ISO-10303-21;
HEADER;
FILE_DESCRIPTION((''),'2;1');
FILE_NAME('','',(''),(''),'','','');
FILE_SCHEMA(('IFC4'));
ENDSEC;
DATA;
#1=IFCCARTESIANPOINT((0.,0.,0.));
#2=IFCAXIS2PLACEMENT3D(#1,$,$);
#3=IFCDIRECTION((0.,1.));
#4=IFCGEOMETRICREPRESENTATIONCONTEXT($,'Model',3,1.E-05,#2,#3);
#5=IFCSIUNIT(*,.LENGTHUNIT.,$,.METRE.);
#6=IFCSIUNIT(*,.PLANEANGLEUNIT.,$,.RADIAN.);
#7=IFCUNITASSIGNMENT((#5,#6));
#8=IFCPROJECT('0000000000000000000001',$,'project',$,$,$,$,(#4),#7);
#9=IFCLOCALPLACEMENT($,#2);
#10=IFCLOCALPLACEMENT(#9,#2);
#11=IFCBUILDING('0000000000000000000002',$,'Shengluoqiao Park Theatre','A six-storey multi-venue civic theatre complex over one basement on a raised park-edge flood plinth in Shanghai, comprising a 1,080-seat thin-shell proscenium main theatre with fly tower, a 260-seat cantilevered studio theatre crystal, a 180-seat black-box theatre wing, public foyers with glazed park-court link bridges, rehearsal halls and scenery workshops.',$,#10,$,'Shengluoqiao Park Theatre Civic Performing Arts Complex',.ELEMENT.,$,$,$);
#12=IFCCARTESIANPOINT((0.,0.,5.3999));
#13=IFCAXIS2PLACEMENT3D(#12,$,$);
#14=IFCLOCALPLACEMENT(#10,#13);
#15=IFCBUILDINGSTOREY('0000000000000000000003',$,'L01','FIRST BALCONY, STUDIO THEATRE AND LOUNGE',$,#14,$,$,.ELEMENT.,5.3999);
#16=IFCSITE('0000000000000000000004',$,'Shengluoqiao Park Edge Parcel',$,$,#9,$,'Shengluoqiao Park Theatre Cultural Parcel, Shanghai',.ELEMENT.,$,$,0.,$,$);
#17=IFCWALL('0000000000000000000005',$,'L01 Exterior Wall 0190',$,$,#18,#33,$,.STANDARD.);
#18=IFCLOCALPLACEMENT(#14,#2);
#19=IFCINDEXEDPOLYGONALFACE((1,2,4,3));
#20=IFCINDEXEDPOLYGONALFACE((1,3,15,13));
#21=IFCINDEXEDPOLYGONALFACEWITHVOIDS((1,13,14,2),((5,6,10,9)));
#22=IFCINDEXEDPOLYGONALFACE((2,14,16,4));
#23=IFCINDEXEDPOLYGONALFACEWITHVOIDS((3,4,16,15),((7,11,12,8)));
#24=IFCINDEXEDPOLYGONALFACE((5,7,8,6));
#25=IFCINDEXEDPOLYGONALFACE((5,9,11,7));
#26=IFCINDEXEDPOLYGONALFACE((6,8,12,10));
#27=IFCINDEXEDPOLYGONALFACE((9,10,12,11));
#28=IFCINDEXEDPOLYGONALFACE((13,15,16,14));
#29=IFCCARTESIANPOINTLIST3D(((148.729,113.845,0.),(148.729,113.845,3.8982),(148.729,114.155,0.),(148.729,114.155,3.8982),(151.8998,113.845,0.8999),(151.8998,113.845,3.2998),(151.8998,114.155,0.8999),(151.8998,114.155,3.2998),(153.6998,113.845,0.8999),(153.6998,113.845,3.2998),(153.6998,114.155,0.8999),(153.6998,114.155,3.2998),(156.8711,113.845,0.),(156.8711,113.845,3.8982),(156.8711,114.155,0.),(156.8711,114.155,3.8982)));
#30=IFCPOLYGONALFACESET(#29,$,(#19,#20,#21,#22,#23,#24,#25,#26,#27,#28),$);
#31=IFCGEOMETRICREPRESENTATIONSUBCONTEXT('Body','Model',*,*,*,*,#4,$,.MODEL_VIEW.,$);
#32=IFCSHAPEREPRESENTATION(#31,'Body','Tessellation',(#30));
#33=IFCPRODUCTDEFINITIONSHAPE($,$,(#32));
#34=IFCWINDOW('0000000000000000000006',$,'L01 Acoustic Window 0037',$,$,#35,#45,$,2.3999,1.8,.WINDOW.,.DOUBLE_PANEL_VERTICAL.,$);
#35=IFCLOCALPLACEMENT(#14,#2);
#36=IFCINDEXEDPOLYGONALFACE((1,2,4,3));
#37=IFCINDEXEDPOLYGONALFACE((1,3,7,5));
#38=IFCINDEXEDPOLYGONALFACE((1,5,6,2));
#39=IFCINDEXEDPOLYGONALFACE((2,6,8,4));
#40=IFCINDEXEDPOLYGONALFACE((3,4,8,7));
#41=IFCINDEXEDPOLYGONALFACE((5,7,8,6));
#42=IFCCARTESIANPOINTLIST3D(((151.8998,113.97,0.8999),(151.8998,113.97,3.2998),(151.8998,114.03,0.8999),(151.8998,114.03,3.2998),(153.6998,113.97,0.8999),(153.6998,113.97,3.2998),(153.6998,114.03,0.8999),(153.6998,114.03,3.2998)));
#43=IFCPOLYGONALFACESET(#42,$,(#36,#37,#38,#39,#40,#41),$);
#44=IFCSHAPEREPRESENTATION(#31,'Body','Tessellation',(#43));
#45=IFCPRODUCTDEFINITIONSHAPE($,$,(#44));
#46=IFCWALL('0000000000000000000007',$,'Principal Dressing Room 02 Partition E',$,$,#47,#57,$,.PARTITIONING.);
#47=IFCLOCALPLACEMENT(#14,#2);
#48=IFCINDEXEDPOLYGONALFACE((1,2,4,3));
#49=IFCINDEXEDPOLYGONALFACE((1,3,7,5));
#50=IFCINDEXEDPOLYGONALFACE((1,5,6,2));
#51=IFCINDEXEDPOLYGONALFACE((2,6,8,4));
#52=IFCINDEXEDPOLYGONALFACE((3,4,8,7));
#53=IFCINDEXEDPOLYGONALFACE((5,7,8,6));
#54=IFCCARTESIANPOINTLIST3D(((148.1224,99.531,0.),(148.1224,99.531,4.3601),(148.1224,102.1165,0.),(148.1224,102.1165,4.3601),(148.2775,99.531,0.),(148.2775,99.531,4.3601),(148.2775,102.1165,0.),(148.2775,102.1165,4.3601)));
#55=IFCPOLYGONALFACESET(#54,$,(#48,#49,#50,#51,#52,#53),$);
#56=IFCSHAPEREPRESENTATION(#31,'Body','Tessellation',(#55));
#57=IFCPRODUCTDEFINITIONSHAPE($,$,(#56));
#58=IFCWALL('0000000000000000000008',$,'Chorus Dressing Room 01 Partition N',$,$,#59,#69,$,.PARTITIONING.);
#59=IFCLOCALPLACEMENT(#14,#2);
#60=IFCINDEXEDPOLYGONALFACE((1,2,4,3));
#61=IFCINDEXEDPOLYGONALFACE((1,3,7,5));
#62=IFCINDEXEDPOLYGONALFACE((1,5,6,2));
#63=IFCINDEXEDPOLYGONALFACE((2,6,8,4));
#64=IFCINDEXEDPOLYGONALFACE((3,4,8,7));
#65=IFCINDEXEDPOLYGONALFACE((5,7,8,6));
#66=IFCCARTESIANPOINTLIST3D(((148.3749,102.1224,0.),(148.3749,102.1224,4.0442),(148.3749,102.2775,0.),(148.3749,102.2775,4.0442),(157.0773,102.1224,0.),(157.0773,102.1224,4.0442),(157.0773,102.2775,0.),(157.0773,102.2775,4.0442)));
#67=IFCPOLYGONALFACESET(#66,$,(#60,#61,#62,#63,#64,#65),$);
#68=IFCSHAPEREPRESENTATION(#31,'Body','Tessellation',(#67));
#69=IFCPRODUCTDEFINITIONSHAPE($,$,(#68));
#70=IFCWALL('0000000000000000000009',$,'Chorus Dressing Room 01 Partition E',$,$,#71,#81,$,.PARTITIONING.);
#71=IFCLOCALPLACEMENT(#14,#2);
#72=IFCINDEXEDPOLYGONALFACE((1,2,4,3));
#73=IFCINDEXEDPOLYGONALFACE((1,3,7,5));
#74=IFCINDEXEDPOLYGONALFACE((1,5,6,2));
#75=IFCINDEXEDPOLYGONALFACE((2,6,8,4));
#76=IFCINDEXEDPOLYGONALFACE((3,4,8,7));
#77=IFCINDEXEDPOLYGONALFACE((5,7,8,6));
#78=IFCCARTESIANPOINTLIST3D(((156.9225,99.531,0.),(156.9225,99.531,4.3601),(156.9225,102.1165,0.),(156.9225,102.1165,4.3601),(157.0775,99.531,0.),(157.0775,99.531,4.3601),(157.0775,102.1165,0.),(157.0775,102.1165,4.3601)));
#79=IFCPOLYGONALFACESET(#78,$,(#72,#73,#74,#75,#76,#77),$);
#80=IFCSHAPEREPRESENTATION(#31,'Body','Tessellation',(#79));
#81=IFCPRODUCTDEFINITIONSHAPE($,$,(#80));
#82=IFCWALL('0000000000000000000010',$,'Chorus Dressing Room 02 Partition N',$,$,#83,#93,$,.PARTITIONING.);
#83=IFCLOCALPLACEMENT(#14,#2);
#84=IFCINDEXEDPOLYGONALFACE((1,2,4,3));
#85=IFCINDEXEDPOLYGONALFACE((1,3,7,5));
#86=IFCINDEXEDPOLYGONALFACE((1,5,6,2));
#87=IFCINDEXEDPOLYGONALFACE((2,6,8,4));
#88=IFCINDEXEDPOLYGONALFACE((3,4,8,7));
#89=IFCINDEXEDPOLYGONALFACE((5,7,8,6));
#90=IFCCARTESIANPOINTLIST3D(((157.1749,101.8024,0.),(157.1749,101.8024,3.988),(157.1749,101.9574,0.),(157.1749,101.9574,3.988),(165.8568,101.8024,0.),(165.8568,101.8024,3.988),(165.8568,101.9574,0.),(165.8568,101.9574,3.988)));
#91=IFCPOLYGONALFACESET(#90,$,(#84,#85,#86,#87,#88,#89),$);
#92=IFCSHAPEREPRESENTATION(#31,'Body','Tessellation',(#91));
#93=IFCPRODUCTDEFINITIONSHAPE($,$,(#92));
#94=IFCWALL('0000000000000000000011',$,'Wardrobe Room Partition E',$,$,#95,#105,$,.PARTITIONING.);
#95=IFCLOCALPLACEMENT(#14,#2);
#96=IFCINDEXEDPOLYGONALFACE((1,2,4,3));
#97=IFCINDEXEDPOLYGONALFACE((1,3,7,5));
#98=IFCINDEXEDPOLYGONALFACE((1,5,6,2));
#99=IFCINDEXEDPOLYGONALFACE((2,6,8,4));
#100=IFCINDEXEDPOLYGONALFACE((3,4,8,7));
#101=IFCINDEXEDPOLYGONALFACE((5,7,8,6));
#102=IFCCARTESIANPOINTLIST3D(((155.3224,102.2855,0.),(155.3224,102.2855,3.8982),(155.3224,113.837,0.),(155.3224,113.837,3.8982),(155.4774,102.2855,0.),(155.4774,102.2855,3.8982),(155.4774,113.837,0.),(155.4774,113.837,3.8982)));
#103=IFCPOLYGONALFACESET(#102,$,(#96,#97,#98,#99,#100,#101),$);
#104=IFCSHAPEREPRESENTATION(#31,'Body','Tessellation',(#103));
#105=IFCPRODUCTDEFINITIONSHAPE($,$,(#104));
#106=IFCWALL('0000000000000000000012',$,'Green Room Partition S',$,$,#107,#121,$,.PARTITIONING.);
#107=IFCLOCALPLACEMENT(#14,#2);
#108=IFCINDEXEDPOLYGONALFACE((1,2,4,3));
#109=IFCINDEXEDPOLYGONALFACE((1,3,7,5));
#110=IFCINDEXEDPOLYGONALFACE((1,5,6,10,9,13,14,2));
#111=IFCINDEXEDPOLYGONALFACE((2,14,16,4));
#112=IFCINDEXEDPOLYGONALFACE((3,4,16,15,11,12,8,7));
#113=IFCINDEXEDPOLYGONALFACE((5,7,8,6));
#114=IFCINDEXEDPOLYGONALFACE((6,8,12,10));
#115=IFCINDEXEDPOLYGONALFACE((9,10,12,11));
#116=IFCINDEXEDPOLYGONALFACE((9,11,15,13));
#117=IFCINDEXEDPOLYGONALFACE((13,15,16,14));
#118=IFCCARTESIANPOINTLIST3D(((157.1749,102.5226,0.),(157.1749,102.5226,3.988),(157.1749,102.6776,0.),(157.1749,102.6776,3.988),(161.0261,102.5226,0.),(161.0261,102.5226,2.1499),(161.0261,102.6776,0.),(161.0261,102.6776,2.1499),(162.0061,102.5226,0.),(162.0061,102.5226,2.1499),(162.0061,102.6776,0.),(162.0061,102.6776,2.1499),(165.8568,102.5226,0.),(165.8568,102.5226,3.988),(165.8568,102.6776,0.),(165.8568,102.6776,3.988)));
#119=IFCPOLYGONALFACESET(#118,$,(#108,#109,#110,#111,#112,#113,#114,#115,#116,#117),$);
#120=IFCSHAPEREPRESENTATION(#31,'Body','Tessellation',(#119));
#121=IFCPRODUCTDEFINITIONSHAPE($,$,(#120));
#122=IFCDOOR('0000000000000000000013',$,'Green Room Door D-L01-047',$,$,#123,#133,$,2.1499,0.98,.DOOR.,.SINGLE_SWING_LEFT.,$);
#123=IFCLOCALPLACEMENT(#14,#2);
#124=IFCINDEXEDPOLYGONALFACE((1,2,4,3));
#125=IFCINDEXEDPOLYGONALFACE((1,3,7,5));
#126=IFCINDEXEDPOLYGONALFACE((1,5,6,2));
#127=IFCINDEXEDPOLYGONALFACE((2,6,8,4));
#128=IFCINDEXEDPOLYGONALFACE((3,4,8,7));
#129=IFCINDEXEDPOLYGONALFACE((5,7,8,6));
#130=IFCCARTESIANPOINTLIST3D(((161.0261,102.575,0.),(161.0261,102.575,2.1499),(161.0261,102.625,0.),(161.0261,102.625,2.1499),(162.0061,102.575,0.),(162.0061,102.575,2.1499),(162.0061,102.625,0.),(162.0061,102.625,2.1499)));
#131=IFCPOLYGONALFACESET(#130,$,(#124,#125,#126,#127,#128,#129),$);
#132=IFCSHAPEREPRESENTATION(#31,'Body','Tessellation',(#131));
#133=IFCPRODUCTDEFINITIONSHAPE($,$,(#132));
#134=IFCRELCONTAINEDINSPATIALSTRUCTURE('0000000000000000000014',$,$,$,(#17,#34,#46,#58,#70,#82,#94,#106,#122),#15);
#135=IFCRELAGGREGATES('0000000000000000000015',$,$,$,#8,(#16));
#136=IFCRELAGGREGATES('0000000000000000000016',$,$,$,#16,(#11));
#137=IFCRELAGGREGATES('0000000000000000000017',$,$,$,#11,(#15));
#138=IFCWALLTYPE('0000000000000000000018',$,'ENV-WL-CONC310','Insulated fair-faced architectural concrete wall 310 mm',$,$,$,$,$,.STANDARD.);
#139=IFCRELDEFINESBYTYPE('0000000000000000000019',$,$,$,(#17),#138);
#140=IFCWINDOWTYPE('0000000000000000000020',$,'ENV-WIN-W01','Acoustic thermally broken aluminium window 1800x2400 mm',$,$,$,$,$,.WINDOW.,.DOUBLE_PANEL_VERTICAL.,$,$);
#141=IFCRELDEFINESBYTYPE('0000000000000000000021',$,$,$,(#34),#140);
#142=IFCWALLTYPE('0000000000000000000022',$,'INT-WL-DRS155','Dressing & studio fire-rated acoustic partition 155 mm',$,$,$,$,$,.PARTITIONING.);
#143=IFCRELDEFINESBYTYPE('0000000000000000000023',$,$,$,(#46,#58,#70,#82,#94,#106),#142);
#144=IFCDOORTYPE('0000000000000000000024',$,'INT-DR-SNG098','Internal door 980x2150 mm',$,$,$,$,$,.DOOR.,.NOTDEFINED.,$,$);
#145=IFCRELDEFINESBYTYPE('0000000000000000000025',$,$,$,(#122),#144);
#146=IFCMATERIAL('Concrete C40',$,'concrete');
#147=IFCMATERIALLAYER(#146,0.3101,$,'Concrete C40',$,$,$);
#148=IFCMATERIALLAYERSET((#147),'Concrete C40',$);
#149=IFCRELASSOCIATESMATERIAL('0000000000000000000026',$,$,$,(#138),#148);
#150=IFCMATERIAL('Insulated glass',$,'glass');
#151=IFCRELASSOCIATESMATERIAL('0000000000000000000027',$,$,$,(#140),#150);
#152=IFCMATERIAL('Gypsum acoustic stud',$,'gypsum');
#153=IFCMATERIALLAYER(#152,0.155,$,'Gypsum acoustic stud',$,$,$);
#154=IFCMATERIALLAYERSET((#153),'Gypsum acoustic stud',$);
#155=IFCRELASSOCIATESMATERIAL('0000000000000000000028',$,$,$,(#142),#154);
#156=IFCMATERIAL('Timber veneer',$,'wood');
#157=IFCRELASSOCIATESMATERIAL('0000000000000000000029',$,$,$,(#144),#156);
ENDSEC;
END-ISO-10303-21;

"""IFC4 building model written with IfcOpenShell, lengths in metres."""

from ifc_helpers import new_model, si_unit, direction, frame, frame_2d, origin, place, context, subcontext, project, spatial, rectangle, extrude, material, layer, layer_set, type_object, element, fill, save


model = new_model("IFC4")

# Units and contexts
model_context = context("Model", 3, precision=1e-05, world=origin(), true_north=direction((0.0, 1.0)))
body_context = subcontext(model_context, "Body", "Model", "MODEL_VIEW")
ifc_project = project(units=[si_unit("LENGTHUNIT", "METRE"), si_unit("PLANEANGLEUNIT", "RADIAN")], contexts=[model_context])

# Site, building, storey
site_placement = place(None, origin())
site = spatial("IfcSite", under=ifc_project, at=site_placement, Name="Shengluoqiao Park Edge Parcel", LongName="Shengluoqiao Park Theatre Cultural Parcel, Shanghai", CompositionType="ELEMENT", RefElevation=0.0)
building_placement = place(site_placement, origin())
building = spatial("IfcBuilding", under=site, at=building_placement, Name="Shengluoqiao Park Theatre", Description="A six-storey multi-venue civic theatre complex over one basement on a raised park-edge flood plinth in Shanghai, comprising a 1,080-seat thin-shell proscenium main theatre with fly tower, a 260-seat cantilevered studio theatre crystal, a 180-seat black-box theatre wing, public foyers with glazed park-court link bridges, rehearsal halls and scenery workshops.", LongName="Shengluoqiao Park Theatre Civic Performing Arts Complex", CompositionType="ELEMENT")
storey_placement = place(building_placement, frame((0.0, 0.0, 5.3999)))
storey = spatial("IfcBuildingStorey", under=building, at=storey_placement, Name="L01", Description="FIRST BALCONY, STUDIO THEATRE AND LOUNGE", CompositionType="ELEMENT", Elevation=5.3999)

# Shared definitions
ifc_material_1 = material(Name="Concrete C40", Category="concrete")

# Wall, opening, window
ifc_layer_1 = layer(ifc_material_1, 0.3101, Name="Concrete C40")
ifc_layer_set_1 = layer_set([ifc_layer_1], Name="Concrete C40")
wall_type_1 = type_object("IfcWallType", Name="ENV-WL-CONC310", Description="Insulated fair-faced architectural concrete wall 310 mm", PredefinedType="STANDARD", material=ifc_layer_set_1)
wall_1_placement = place(storey_placement, frame((148.729, 114.0, 0.0), z_axis=(0.0, 0.0, 1.0), x_axis=(1.0, 0.0, 0.0)))
wall_1 = element("IfcWall", 1, at=wall_1_placement, inside=storey, type_object=wall_type_1, Name="L01 Exterior Wall 0190", PredefinedType="STANDARD", context=body_context, shape_type="SweptSolid", body=[
    extrude(rectangle(XDim=8.1421, YDim=0.3101, at=frame_2d((4.071, 0.0))), origin(), (0.0, 0.0, 1.0), 3.8982),
])
opening_1_placement = place(wall_1_placement, frame((3.1709, 0.0, 0.8999)))
opening_1 = element("IfcOpeningElement", 2, at=opening_1_placement, cuts=wall_1, PredefinedType="OPENING", context=body_context, shape_type="SweptSolid", body=[
    extrude(rectangle(XDim=1.8, YDim=2.3999, at=frame_2d((0.8999, 1.2))), frame((0.0, 0.165, 0.0), z_axis=(0.0, -1.0, 0.0), x_axis=(1.0, 0.0, 0.0)), (0.0, 0.0, 1.0), 0.3301),
])
ifc_material_2 = material(Name="Insulated glass", Category="glass")
window_type = type_object("IfcWindowType", Name="ENV-WIN-W01", Description="Acoustic thermally broken aluminium window 1800x2400 mm", PartitioningType="DOUBLE_PANEL_VERTICAL", PredefinedType="WINDOW", material=ifc_material_2)
window_placement = place(opening_1_placement, origin())
window = element("IfcWindow", 3, at=window_placement, inside=storey, type_object=window_type, Name="L01 Acoustic Window 0037", OverallHeight=2.3999, OverallWidth=1.8, PartitioningType="DOUBLE_PANEL_VERTICAL", PredefinedType="WINDOW", context=body_context, shape_type="SweptSolid", body=[
    extrude(rectangle(XDim=1.8, YDim=2.3999, at=frame_2d((0.8999, 1.2))), frame((0.0, 0.03, 0.0), z_axis=(0.0, -1.0, 0.0), x_axis=(1.0, 0.0, 0.0)), (0.0, 0.0, 1.0), 0.0601),
])
fill(opening_1, window)

# Walls
ifc_material_3 = material(Name="Gypsum acoustic stud", Category="gypsum")
ifc_layer_2 = layer(ifc_material_3, 0.155, Name="Gypsum acoustic stud")
ifc_layer_set_2 = layer_set([ifc_layer_2], Name="Gypsum acoustic stud")
wall_type_2 = type_object("IfcWallType", Name="INT-WL-DRS155", Description="Dressing & studio fire-rated acoustic partition 155 mm", PredefinedType="PARTITIONING", material=ifc_layer_set_2)
wall_2_placement = place(storey_placement, frame((148.2, 99.531, 0.0), z_axis=(0.0, 0.0, 1.0), x_axis=(0.0, 1.0, 0.0)))
element("IfcWall", 4, at=wall_2_placement, inside=storey, type_object=wall_type_2, Name="Principal Dressing Room 02 Partition E", PredefinedType="PARTITIONING", context=body_context, shape_type="SweptSolid", body=[
    extrude(rectangle(XDim=2.5854, YDim=0.155, at=frame_2d((1.2927, 0.0))), origin(), (0.0, 0.0, 1.0), 4.3601),
])
wall_3_placement = place(storey_placement, frame((148.375, 102.2, 0.0), z_axis=(0.0, 0.0, 1.0), x_axis=(1.0, 0.0, 0.0)))
element("IfcWall", 5, at=wall_3_placement, inside=storey, type_object=wall_type_2, Name="Chorus Dressing Room 01 Partition N", PredefinedType="PARTITIONING", context=body_context, shape_type="SweptSolid", body=[
    extrude(rectangle(XDim=8.7024, YDim=0.155, at=frame_2d((4.3511, 0.0))), origin(), (0.0, 0.0, 1.0), 4.0442),
])
wall_4_placement = place(storey_placement, frame((157.0, 99.531, 0.0), z_axis=(0.0, 0.0, 1.0), x_axis=(0.0, 1.0, 0.0)))
element("IfcWall", 6, at=wall_4_placement, inside=storey, type_object=wall_type_2, Name="Chorus Dressing Room 01 Partition E", PredefinedType="PARTITIONING", context=body_context, shape_type="SweptSolid", body=[
    extrude(rectangle(XDim=2.5854, YDim=0.155, at=frame_2d((1.2927, 0.0))), origin(), (0.0, 0.0, 1.0), 4.3601),
])
wall_5_placement = place(storey_placement, frame((157.175, 101.8799, 0.0), z_axis=(0.0, 0.0, 1.0), x_axis=(1.0, 0.0, 0.0)))
element("IfcWall", 7, at=wall_5_placement, inside=storey, type_object=wall_type_2, Name="Chorus Dressing Room 02 Partition N", PredefinedType="PARTITIONING", context=body_context, shape_type="SweptSolid", body=[
    extrude(rectangle(XDim=8.6819, YDim=0.155, at=frame_2d((4.3408, 0.0))), origin(), (0.0, 0.0, 1.0), 3.988),
])
wall_6_placement = place(storey_placement, frame((155.3999, 102.2854, 0.0), z_axis=(0.0, 0.0, 1.0), x_axis=(0.0, 1.0, 0.0)))
element("IfcWall", 8, at=wall_6_placement, inside=storey, type_object=wall_type_2, Name="Wardrobe Room Partition E", PredefinedType="PARTITIONING", context=body_context, shape_type="SweptSolid", body=[
    extrude(rectangle(XDim=11.5515, YDim=0.155, at=frame_2d((5.7759, 0.0))), origin(), (0.0, 0.0, 1.0), 3.8982),
])

# Wall, opening, door
wall_7_placement = place(storey_placement, frame((157.175, 102.6001, 0.0), z_axis=(0.0, 0.0, 1.0), x_axis=(1.0, 0.0, 0.0)))
wall_7 = element("IfcWall", 9, at=wall_7_placement, inside=storey, type_object=wall_type_2, Name="Green Room Partition S", PredefinedType="PARTITIONING", context=body_context, shape_type="SweptSolid", body=[
    extrude(rectangle(XDim=8.6819, YDim=0.155, at=frame_2d((4.3408, 0.0))), origin(), (0.0, 0.0, 1.0), 3.988),
])
opening_2_placement = place(wall_7_placement, frame((3.8511, 0.0, 0.0)))
opening_2 = element("IfcOpeningElement", 10, at=opening_2_placement, cuts=wall_7, PredefinedType="OPENING", context=body_context, shape_type="SweptSolid", body=[
    extrude(rectangle(XDim=0.98, YDim=2.1499, at=frame_2d((0.49, 1.075))), frame((0.0, 0.0874, 0.0), z_axis=(0.0, -1.0, 0.0), x_axis=(1.0, 0.0, 0.0)), (0.0, 0.0, 1.0), 0.175),
])
ifc_material_4 = material(Name="Timber veneer", Category="wood")
door_type = type_object("IfcDoorType", Name="INT-DR-SNG098", Description="Internal door 980x2150 mm", OperationType="NOTDEFINED", PredefinedType="DOOR", material=ifc_material_4)
door_placement = place(opening_2_placement, origin())
door = element("IfcDoor", 11, at=door_placement, inside=storey, type_object=door_type, Name="Green Room Door D-L01-047", OperationType="SINGLE_SWING_LEFT", OverallHeight=2.1499, OverallWidth=0.98, PredefinedType="DOOR", context=body_context, shape_type="SweptSolid", body=[
    extrude(rectangle(XDim=0.98, YDim=2.1499, at=frame_2d((0.49, 1.075))), frame((0.0, 0.0249, 0.0), z_axis=(0.0, -1.0, 0.0), x_axis=(1.0, 0.0, 0.0)), (0.0, 0.0, 1.0), 0.05),
])
fill(opening_2, door)

save(model, "model.ifc")
